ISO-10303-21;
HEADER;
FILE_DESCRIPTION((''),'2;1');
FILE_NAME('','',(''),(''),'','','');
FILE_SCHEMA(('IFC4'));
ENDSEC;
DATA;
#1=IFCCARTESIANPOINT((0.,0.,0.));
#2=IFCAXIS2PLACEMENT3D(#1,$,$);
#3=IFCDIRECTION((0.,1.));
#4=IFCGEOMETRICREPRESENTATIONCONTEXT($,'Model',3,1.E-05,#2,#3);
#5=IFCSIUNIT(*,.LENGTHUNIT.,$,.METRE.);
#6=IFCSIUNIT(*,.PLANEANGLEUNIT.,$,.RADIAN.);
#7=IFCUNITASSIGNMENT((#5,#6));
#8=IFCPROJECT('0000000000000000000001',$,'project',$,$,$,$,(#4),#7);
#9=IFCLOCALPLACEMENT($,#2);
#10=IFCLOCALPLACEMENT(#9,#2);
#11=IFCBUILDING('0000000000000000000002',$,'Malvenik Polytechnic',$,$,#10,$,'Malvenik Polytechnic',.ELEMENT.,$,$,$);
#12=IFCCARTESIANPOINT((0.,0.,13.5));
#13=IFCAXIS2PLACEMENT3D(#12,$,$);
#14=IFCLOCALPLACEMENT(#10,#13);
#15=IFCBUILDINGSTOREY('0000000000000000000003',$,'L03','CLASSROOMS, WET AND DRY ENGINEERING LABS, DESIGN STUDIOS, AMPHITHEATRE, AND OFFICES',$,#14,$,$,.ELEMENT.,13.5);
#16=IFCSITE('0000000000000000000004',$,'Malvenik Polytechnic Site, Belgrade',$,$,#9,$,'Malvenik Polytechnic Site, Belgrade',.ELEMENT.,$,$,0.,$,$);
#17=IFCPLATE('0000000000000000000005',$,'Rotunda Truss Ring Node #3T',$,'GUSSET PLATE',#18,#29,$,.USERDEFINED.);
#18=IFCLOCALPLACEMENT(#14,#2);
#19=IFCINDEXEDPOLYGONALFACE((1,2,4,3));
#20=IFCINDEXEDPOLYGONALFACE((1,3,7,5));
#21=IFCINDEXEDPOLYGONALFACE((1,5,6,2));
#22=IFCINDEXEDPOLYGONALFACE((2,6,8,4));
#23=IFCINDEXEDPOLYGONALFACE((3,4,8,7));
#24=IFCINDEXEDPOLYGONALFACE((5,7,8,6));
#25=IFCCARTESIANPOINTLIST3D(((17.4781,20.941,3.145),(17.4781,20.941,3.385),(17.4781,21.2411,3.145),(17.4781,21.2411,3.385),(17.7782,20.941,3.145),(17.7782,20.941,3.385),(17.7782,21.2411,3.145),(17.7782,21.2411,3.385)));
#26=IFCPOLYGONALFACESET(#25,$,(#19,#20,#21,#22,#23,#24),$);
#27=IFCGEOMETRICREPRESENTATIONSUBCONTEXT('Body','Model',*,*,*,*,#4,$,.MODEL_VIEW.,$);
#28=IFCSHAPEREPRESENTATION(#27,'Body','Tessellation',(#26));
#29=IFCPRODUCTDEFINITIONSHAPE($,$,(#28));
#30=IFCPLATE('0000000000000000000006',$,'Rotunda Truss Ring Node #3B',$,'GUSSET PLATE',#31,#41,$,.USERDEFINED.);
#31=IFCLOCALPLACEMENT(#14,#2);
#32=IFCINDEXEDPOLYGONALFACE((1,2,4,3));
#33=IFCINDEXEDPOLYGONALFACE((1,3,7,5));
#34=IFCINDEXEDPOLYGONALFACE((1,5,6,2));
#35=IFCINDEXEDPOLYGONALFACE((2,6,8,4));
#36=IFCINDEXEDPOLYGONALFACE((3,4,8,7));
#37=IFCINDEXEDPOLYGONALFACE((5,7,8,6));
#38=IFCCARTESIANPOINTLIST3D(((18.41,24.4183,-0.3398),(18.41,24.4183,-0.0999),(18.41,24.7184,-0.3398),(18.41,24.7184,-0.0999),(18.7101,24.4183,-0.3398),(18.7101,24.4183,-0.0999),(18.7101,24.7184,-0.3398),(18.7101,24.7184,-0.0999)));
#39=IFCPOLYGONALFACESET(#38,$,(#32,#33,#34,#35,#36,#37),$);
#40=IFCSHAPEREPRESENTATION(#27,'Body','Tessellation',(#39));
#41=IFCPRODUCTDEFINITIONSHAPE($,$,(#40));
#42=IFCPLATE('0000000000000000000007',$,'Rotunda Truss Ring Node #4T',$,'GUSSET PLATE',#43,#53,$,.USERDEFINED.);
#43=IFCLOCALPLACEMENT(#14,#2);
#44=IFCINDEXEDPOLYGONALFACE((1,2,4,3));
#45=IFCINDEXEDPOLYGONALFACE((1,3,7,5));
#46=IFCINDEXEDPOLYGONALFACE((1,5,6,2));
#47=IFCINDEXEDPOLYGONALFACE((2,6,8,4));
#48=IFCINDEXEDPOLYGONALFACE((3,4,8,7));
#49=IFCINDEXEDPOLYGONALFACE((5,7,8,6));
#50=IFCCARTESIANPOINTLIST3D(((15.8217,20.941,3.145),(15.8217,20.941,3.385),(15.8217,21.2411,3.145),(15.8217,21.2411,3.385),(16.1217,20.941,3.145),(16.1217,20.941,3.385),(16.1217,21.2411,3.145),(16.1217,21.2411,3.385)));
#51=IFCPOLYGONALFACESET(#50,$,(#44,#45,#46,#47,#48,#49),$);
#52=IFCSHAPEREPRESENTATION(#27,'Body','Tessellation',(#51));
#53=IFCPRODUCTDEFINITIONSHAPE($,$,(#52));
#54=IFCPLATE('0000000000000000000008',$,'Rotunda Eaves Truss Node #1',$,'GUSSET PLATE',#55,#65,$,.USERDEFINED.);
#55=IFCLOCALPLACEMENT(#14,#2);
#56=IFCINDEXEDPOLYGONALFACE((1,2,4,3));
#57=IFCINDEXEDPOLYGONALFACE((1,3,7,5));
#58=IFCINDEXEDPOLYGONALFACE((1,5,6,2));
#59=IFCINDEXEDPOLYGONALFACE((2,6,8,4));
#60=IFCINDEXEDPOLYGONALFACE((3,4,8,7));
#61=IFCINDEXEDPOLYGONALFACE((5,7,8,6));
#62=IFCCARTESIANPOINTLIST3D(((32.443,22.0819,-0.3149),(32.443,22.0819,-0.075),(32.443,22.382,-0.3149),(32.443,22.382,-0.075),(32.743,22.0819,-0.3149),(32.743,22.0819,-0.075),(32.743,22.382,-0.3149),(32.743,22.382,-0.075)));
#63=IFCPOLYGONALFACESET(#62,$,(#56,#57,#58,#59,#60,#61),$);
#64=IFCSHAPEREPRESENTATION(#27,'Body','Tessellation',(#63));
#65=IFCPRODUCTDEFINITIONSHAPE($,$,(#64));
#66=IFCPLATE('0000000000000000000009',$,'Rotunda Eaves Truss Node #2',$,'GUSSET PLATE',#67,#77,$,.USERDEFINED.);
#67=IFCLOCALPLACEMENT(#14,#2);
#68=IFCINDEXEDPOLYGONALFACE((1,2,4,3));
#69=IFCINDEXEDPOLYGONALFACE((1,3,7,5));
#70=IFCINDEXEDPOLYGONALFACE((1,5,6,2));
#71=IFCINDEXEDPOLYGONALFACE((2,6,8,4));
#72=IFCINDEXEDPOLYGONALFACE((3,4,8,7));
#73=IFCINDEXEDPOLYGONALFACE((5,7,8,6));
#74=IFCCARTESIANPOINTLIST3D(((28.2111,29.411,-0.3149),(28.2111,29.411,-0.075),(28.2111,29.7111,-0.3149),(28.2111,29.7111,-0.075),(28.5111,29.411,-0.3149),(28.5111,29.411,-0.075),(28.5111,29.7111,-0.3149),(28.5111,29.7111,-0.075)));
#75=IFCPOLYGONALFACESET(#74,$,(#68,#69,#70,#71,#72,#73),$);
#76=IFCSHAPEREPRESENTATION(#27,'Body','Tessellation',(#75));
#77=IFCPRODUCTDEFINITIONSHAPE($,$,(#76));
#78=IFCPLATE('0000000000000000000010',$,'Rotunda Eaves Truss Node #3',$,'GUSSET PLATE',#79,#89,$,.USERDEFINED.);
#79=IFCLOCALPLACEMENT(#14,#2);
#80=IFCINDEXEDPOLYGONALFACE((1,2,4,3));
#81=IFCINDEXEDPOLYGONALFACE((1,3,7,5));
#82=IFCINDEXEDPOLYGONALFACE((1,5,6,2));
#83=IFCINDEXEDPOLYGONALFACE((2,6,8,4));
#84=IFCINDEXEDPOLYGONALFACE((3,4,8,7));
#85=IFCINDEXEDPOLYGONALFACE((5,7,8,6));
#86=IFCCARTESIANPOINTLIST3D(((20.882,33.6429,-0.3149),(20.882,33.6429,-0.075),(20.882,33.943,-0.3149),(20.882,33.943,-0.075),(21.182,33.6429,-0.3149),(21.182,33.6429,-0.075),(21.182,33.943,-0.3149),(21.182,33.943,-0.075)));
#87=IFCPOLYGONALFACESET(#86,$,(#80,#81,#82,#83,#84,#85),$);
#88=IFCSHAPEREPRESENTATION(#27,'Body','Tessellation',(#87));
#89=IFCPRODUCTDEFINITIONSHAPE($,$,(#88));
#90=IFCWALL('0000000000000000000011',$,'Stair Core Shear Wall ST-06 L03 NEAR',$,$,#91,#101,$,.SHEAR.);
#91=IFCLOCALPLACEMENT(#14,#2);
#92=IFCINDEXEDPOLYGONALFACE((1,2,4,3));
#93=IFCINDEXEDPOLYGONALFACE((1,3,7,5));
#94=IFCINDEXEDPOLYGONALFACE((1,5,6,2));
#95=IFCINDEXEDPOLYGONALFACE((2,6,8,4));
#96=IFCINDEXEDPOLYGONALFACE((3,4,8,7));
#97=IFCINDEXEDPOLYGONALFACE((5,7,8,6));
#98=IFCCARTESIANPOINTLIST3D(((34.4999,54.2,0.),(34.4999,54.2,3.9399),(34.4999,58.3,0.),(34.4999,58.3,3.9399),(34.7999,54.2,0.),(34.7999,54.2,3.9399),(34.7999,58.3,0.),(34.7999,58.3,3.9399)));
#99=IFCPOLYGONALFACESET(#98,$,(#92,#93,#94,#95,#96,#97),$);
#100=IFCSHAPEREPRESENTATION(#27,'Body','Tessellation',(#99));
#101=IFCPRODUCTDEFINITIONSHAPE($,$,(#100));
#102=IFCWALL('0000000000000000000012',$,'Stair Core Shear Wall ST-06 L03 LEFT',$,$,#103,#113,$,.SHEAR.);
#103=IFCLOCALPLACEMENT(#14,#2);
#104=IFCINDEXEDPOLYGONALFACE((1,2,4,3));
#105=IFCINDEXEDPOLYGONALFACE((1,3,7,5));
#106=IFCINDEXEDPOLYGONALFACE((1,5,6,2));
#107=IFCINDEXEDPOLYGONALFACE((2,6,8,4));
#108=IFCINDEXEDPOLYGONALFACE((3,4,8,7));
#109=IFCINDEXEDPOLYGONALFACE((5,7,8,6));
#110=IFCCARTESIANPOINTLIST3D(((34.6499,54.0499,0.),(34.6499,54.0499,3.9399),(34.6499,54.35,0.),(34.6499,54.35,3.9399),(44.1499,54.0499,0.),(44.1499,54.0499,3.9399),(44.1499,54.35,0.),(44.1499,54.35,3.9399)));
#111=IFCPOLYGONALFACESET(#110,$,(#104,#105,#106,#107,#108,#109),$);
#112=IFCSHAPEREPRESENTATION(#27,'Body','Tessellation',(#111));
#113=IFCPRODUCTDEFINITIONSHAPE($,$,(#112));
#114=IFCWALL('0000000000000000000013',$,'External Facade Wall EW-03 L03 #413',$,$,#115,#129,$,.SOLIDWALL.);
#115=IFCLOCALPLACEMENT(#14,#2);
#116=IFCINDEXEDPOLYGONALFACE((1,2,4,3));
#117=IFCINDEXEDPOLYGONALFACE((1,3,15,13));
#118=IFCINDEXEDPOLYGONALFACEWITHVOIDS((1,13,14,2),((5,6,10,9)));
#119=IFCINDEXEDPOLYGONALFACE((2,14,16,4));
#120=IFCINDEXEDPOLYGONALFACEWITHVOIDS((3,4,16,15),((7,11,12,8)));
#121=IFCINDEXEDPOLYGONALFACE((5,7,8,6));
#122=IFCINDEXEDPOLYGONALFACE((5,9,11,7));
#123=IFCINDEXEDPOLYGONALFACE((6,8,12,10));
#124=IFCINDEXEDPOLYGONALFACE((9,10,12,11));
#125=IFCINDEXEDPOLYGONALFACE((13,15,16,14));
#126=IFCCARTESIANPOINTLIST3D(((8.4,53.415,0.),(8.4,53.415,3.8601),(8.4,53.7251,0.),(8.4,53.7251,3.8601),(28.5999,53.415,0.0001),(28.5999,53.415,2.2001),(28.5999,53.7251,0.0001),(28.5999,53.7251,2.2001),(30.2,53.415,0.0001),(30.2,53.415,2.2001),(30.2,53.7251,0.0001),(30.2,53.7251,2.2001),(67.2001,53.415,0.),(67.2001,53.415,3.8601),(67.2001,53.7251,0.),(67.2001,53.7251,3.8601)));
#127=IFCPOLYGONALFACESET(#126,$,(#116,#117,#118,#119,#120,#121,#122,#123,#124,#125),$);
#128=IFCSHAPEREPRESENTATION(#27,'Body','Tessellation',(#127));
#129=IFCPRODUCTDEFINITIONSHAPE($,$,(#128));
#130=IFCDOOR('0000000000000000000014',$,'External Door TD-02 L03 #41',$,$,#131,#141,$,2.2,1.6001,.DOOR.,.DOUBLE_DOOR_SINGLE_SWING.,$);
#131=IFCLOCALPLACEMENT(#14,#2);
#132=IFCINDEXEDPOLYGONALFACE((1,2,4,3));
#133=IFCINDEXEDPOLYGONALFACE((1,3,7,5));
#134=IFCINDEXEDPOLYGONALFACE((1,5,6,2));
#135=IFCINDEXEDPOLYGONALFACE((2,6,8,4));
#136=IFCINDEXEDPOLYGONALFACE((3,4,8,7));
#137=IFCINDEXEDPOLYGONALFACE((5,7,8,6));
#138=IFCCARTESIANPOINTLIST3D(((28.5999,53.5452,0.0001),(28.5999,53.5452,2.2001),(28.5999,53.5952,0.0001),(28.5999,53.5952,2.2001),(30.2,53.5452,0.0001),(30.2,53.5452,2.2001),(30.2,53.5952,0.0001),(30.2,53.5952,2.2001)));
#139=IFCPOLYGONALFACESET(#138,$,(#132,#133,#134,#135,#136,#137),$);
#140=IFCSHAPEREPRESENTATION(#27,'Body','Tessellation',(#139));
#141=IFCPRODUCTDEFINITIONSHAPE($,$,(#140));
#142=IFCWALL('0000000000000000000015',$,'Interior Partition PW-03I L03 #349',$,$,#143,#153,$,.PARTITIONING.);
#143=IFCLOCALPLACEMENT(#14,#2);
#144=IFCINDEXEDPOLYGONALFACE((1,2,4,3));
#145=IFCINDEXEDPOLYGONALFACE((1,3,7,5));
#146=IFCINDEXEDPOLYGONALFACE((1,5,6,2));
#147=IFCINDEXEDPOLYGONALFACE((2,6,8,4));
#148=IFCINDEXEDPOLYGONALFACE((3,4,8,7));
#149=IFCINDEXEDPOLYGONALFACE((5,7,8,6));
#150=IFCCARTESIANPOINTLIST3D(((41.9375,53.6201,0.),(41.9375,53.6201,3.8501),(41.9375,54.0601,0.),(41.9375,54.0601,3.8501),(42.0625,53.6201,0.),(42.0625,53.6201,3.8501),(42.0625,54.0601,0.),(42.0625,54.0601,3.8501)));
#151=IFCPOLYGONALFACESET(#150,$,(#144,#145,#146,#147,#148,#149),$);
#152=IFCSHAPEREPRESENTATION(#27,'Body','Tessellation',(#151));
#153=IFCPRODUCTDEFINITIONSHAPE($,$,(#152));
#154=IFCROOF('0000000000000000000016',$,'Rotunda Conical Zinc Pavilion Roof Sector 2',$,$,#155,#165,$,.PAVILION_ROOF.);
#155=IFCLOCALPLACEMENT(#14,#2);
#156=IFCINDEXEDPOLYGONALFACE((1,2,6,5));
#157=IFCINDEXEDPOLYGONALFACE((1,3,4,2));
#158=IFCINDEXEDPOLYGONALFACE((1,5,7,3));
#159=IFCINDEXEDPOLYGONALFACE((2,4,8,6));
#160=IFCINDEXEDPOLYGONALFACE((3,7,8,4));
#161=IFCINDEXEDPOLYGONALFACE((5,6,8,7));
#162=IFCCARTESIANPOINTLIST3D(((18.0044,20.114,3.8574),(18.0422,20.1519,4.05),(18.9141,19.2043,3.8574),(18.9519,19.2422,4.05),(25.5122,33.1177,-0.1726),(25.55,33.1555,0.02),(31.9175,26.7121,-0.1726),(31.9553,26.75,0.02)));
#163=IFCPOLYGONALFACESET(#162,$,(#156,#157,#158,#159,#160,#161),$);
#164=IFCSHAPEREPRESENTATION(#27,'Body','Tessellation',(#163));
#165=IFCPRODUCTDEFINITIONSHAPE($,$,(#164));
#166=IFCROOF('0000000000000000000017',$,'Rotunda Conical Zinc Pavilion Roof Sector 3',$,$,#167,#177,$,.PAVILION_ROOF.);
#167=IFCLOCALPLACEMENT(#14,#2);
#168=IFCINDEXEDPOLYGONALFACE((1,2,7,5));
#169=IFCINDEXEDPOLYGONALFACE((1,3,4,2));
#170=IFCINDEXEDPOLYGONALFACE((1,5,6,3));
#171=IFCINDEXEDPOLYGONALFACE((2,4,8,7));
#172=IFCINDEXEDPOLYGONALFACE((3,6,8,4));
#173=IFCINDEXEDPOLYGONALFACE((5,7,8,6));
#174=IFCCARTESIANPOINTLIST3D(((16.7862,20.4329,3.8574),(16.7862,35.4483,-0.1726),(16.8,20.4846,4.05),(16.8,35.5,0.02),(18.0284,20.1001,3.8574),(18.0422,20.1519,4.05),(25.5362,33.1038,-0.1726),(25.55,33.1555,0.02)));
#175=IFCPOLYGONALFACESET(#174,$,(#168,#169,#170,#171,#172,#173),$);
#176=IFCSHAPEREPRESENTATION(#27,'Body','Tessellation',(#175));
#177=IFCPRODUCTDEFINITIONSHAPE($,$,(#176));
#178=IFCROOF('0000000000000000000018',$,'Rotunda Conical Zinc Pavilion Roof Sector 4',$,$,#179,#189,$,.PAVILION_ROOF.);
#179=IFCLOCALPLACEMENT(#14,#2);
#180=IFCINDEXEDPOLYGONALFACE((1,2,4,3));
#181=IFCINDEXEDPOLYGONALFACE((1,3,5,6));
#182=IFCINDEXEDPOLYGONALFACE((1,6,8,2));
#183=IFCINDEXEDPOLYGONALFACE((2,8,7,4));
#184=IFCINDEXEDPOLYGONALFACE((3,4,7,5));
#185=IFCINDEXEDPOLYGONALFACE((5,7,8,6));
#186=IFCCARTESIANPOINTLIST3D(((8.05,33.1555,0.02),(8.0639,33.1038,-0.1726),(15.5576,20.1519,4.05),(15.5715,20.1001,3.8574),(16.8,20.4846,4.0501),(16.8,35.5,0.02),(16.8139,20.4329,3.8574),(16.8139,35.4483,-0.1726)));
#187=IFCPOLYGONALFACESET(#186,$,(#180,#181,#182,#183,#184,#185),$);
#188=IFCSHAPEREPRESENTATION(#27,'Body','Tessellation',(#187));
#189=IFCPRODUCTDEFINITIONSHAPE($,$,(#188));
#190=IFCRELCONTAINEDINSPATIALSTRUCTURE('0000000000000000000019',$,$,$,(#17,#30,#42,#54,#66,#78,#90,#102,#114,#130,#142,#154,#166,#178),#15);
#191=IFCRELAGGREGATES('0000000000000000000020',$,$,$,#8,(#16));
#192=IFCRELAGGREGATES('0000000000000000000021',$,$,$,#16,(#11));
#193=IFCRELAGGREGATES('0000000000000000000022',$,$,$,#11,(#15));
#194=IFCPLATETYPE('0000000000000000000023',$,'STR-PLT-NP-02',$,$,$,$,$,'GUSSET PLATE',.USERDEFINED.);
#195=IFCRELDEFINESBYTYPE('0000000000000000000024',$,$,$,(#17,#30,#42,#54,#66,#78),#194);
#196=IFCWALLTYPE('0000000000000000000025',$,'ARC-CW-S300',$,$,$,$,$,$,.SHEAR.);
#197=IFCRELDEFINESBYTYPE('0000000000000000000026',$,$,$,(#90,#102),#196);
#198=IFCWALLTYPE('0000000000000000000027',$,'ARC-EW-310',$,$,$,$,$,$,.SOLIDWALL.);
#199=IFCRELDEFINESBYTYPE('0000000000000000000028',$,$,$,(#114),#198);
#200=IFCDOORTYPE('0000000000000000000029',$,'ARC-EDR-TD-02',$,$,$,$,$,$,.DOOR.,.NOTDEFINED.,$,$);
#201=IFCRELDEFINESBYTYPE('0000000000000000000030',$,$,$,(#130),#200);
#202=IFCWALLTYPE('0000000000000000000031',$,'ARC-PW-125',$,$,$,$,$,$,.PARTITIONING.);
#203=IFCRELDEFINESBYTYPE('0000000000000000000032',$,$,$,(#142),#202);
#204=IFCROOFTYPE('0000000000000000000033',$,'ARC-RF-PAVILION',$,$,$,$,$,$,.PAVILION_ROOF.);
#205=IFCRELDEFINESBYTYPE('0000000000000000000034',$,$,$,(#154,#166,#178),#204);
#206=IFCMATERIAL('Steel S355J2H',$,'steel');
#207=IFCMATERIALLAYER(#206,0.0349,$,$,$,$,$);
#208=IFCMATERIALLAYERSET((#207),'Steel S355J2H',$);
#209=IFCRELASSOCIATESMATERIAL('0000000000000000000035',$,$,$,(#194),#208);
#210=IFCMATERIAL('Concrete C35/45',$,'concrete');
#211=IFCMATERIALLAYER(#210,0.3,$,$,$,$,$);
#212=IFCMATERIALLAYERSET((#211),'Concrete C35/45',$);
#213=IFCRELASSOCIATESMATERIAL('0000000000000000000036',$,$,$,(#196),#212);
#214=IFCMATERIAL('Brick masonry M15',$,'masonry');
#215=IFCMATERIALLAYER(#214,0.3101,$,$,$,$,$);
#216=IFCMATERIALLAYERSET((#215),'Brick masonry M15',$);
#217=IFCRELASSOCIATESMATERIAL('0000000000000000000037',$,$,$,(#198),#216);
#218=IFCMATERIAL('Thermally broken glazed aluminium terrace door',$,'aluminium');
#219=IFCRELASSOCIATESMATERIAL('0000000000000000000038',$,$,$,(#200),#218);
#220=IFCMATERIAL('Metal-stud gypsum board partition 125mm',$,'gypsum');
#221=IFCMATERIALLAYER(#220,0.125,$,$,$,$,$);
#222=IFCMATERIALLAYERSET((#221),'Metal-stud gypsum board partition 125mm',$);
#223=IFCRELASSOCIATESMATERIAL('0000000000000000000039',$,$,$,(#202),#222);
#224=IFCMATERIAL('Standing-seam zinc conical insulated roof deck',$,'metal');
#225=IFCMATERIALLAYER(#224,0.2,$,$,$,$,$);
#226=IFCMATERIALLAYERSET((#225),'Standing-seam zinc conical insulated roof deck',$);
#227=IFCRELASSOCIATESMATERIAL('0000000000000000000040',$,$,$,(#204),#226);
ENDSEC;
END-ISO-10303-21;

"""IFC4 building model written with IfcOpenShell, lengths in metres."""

from ifc_helpers import new_model, si_unit, direction, frame, frame_2d, origin, origin_2d, place, context, subcontext, project, spatial, polyline, rectangle, outline, extrude, material, layer, layer_set, type_object, element, fill, save


model = new_model("IFC4")

# Units and contexts
model_context = context("Model", 3, precision=1e-05, world=origin(), true_north=direction((0.0, 1.0)))
body_context = subcontext(model_context, "Body", "Model", "MODEL_VIEW")
ifc_project = project(units=[si_unit("LENGTHUNIT", "METRE"), si_unit("PLANEANGLEUNIT", "RADIAN")], contexts=[model_context])

# Site, building, storey
site_placement = place(None, origin())
site = spatial("IfcSite", under=ifc_project, at=site_placement, Name="Malvenik Polytechnic Site, Belgrade", LongName="Malvenik Polytechnic Site, Belgrade", CompositionType="ELEMENT", RefElevation=0.0)
building_placement = place(site_placement, origin())
building = spatial("IfcBuilding", under=site, at=building_placement, Name="Malvenik Polytechnic", LongName="Malvenik Polytechnic", CompositionType="ELEMENT")
storey_placement = place(building_placement, frame((0.0, 0.0, 13.5)))
storey = spatial("IfcBuildingStorey", under=building, at=storey_placement, Name="L03", Description="CLASSROOMS, WET AND DRY ENGINEERING LABS, DESIGN STUDIOS, AMPHITHEATRE, AND OFFICES", CompositionType="ELEMENT", Elevation=13.5)

# Shared definitions
ifc_material_1 = material(Name="Steel S355J2H", Category="steel")

# Plates
ifc_layer_1 = layer(ifc_material_1, 0.0349)
ifc_layer_set_1 = layer_set([ifc_layer_1], Name="Steel S355J2H")
plate_type = type_object("IfcPlateType", Name="STR-PLT-NP-02", ElementType="GUSSET PLATE", PredefinedType="USERDEFINED", material=ifc_layer_set_1)
for number, where, z_axis, x_axis, name in (
    (1, (17.6282, 21.0911, 3.145), (0.0, 0.0, 1.0), (1.0, 0.0, 0.0), "Rotunda Truss Ring Node #3T"),
    (2, (18.5601, 24.5684, -0.3398), (0.0, 0.0, 1.0), (1.0, 0.0, 0.0), "Rotunda Truss Ring Node #3B"),
    (3, (15.9717, 21.0911, 3.145), (0.0, 0.0, 1.0), (1.0, 0.0, 0.0), "Rotunda Truss Ring Node #4T"),
    (4, (32.593, 22.2319, -0.3149), (0.0, 0.0, 1.0), (1.0, 0.0, 0.0), "Rotunda Eaves Truss Node #1"),
    (5, (28.3611, 29.561, -0.3149), (0.0, 0.0, 1.0), (1.0, 0.0, 0.0), "Rotunda Eaves Truss Node #2"),
    (6, (21.032, 33.793, -0.3149), (0.0, 0.0, 1.0), (1.0, 0.0, 0.0), "Rotunda Eaves Truss Node #3"),
):
    element("IfcPlate", number, at=place(storey_placement, frame(where, z_axis=z_axis, x_axis=x_axis)), inside=storey, type_object=plate_type, Name=name, ObjectType="GUSSET PLATE", PredefinedType="USERDEFINED", context=body_context, shape_type="SweptSolid", body=[
        extrude(rectangle(XDim=0.3, YDim=0.3, at=origin_2d()), origin(), (0.0, 0.0, 1.0), 0.24),
    ])

# Walls
ifc_material_2 = material(Name="Concrete C35/45", Category="concrete")
ifc_layer_2 = layer(ifc_material_2, 0.3)
ifc_layer_set_2 = layer_set([ifc_layer_2], Name="Concrete C35/45")
wall_type_1 = type_object("IfcWallType", Name="ARC-CW-S300", PredefinedType="SHEAR", material=ifc_layer_set_2)
wall_1_placement = place(storey_placement, frame((34.6499, 54.2, 0.0), z_axis=(0.0, 0.0, 1.0), x_axis=(0.0, 1.0, 0.0)))
element("IfcWall", 7, at=wall_1_placement, inside=storey, type_object=wall_type_1, Name="Stair Core Shear Wall ST-06 L03 NEAR", PredefinedType="SHEAR", context=body_context, shape_type="SweptSolid", body=[
    extrude(rectangle(XDim=4.1001, YDim=0.3, at=frame_2d((2.05, 0.0))), origin(), (0.0, 0.0, 1.0), 3.9399),
])
wall_2_placement = place(storey_placement, frame((44.1499, 54.2, 0.0), z_axis=(0.0, 0.0, 1.0), x_axis=(-1.0, 0.0, 0.0)))
element("IfcWall", 8, at=wall_2_placement, inside=storey, type_object=wall_type_1, Name="Stair Core Shear Wall ST-06 L03 LEFT", PredefinedType="SHEAR", context=body_context, shape_type="SweptSolid", body=[
    extrude(rectangle(XDim=9.5, YDim=0.3, at=frame_2d((4.75, 0.0))), origin(), (0.0, 0.0, 1.0), 3.9399),
])

# Wall, opening, door
ifc_material_3 = material(Name="Brick masonry M15", Category="masonry")
ifc_layer_3 = layer(ifc_material_3, 0.3101)
ifc_layer_set_3 = layer_set([ifc_layer_3], Name="Brick masonry M15")
wall_type_2 = type_object("IfcWallType", Name="ARC-EW-310", PredefinedType="SOLIDWALL", material=ifc_layer_set_3)
wall_3_placement = place(storey_placement, frame((67.2, 53.5701, 0.0), z_axis=(0.0, 0.0, 1.0), x_axis=(-1.0, 0.0, 0.0)))
wall_3 = element("IfcWall", 9, at=wall_3_placement, inside=storey, type_object=wall_type_2, Name="External Facade Wall EW-03 L03 #413", PredefinedType="SOLIDWALL", context=body_context, shape_type="SweptSolid", body=[
    extrude(rectangle(XDim=58.8, YDim=0.3101, at=frame_2d((29.3999, 0.0))), origin(), (0.0, 0.0, 1.0), 3.8601),
])
opening_placement = place(wall_3_placement, frame((37.0, 0.0, 0.0)))
opening = element("IfcOpeningElement", 10, at=opening_placement, cuts=wall_3, PredefinedType="OPENING", context=body_context, shape_type="SweptSolid", body=[
    extrude(rectangle(XDim=1.6001, YDim=2.2, at=frame_2d((0.8, 1.1001))), frame((0.0, 0.165, 0.0), z_axis=(0.0, -1.0, 0.0), x_axis=(1.0, 0.0, 0.0)), (0.0, 0.0, 1.0), 0.3301),
])
ifc_material_4 = material(Name="Thermally broken glazed aluminium terrace door", Category="aluminium")
door_type = type_object("IfcDoorType", Name="ARC-EDR-TD-02", OperationType="NOTDEFINED", PredefinedType="DOOR", material=ifc_material_4)
door_placement = place(opening_placement, origin())
door = element("IfcDoor", 11, at=door_placement, inside=storey, type_object=door_type, Name="External Door TD-02 L03 #41", OperationType="DOUBLE_DOOR_SINGLE_SWING", OverallHeight=2.2, OverallWidth=1.6001, PredefinedType="DOOR", context=body_context, shape_type="SweptSolid", body=[
    extrude(rectangle(XDim=1.6001, YDim=2.2, at=frame_2d((0.8, 1.1001))), frame((0.0, 0.0249, 0.0), z_axis=(0.0, -1.0, 0.0), x_axis=(1.0, 0.0, 0.0)), (0.0, 0.0, 1.0), 0.05),
])
fill(opening, door)

# Wall
ifc_material_5 = material(Name="Metal-stud gypsum board partition 125mm", Category="gypsum")
ifc_layer_4 = layer(ifc_material_5, 0.125)
ifc_layer_set_4 = layer_set([ifc_layer_4], Name="Metal-stud gypsum board partition 125mm")
wall_type_3 = type_object("IfcWallType", Name="ARC-PW-125", PredefinedType="PARTITIONING", material=ifc_layer_set_4)
wall_4_placement = place(storey_placement, frame((42.0, 53.6201, 0.0), z_axis=(0.0, 0.0, 1.0), x_axis=(0.0, 1.0, 0.0)))
element("IfcWall", 12, at=wall_4_placement, inside=storey, type_object=wall_type_3, Name="Interior Partition PW-03I L03 #349", PredefinedType="PARTITIONING", context=body_context, shape_type="SweptSolid", body=[
    extrude(rectangle(XDim=0.4399, YDim=0.125, at=frame_2d((0.22, 0.0))), origin(), (0.0, 0.0, 1.0), 3.8501),
])

# Roofs
ifc_material_6 = material(Name="Standing-seam zinc conical insulated roof deck", Category="metal")
ifc_layer_5 = layer(ifc_material_6, 0.2)
ifc_layer_set_5 = layer_set([ifc_layer_5], Name="Standing-seam zinc conical insulated roof deck")
roof_type = type_object("IfcRoofType", Name="ARC-RF-PAVILION", PredefinedType="PAVILION_ROOF", material=ifc_layer_set_5)
roof_1_placement = place(storey_placement, frame((31.9553, 26.75, 0.02), z_axis=(0.189309, 0.189303, 0.963497), x_axis=(-0.707093, 0.70712, -0.000001)))
element("IfcRoof", 13, at=roof_1_placement, inside=storey, type_object=roof_type, Name="Rotunda Conical Zinc Pavilion Roof Sector 2", PredefinedType="PAVILION_ROOF", context=body_context, shape_type="SweptSolid", body=[
    extrude(outline(polyline([(0.0, 0.0), (9.0586, 0.0), (5.1722, 15.0532), (3.8857, 15.0532), (0.0, 0.0)])), origin(), (0.0, 0.0, -1.0), 0.2),
])
roof_2_placement = place(storey_placement, frame((25.55, 33.1555, 0.02), z_axis=(0.069287, 0.258597, 0.963497), x_axis=(-0.965928, 0.258811, -0.000002)))
element("IfcRoof", 14, at=roof_2_placement, inside=storey, type_object=roof_type, Name="Rotunda Conical Zinc Pavilion Roof Sector 3", PredefinedType="PAVILION_ROOF", context=body_context, shape_type="SweptSolid", body=[
    extrude(outline(polyline([(0.0, 0.0), (9.0586, 0.0), (5.1725, 15.0533), (3.8865, 15.0532), (0.0, 0.0)])), origin(), (0.0, 0.0, -1.0), 0.2),
])
roof_3_placement = place(storey_placement, frame((16.8, 35.5, 0.02), z_axis=(-0.069286, 0.258598, 0.963497), x_axis=(-0.965928, -0.258811, 0.000003)))
element("IfcRoof", 15, at=roof_3_placement, inside=storey, type_object=roof_type, Name="Rotunda Conical Zinc Pavilion Roof Sector 4", PredefinedType="PAVILION_ROOF", context=body_context, shape_type="SweptSolid", body=[
    extrude(outline(polyline([(0.0, 0.0), (9.0586, 0.0), (5.1724, 15.0531), (3.8862, 15.0533), (0.0, 0.0)])), origin(), (0.0, 0.0, -1.0), 0.2),
])

save(model, "model.ifc")
